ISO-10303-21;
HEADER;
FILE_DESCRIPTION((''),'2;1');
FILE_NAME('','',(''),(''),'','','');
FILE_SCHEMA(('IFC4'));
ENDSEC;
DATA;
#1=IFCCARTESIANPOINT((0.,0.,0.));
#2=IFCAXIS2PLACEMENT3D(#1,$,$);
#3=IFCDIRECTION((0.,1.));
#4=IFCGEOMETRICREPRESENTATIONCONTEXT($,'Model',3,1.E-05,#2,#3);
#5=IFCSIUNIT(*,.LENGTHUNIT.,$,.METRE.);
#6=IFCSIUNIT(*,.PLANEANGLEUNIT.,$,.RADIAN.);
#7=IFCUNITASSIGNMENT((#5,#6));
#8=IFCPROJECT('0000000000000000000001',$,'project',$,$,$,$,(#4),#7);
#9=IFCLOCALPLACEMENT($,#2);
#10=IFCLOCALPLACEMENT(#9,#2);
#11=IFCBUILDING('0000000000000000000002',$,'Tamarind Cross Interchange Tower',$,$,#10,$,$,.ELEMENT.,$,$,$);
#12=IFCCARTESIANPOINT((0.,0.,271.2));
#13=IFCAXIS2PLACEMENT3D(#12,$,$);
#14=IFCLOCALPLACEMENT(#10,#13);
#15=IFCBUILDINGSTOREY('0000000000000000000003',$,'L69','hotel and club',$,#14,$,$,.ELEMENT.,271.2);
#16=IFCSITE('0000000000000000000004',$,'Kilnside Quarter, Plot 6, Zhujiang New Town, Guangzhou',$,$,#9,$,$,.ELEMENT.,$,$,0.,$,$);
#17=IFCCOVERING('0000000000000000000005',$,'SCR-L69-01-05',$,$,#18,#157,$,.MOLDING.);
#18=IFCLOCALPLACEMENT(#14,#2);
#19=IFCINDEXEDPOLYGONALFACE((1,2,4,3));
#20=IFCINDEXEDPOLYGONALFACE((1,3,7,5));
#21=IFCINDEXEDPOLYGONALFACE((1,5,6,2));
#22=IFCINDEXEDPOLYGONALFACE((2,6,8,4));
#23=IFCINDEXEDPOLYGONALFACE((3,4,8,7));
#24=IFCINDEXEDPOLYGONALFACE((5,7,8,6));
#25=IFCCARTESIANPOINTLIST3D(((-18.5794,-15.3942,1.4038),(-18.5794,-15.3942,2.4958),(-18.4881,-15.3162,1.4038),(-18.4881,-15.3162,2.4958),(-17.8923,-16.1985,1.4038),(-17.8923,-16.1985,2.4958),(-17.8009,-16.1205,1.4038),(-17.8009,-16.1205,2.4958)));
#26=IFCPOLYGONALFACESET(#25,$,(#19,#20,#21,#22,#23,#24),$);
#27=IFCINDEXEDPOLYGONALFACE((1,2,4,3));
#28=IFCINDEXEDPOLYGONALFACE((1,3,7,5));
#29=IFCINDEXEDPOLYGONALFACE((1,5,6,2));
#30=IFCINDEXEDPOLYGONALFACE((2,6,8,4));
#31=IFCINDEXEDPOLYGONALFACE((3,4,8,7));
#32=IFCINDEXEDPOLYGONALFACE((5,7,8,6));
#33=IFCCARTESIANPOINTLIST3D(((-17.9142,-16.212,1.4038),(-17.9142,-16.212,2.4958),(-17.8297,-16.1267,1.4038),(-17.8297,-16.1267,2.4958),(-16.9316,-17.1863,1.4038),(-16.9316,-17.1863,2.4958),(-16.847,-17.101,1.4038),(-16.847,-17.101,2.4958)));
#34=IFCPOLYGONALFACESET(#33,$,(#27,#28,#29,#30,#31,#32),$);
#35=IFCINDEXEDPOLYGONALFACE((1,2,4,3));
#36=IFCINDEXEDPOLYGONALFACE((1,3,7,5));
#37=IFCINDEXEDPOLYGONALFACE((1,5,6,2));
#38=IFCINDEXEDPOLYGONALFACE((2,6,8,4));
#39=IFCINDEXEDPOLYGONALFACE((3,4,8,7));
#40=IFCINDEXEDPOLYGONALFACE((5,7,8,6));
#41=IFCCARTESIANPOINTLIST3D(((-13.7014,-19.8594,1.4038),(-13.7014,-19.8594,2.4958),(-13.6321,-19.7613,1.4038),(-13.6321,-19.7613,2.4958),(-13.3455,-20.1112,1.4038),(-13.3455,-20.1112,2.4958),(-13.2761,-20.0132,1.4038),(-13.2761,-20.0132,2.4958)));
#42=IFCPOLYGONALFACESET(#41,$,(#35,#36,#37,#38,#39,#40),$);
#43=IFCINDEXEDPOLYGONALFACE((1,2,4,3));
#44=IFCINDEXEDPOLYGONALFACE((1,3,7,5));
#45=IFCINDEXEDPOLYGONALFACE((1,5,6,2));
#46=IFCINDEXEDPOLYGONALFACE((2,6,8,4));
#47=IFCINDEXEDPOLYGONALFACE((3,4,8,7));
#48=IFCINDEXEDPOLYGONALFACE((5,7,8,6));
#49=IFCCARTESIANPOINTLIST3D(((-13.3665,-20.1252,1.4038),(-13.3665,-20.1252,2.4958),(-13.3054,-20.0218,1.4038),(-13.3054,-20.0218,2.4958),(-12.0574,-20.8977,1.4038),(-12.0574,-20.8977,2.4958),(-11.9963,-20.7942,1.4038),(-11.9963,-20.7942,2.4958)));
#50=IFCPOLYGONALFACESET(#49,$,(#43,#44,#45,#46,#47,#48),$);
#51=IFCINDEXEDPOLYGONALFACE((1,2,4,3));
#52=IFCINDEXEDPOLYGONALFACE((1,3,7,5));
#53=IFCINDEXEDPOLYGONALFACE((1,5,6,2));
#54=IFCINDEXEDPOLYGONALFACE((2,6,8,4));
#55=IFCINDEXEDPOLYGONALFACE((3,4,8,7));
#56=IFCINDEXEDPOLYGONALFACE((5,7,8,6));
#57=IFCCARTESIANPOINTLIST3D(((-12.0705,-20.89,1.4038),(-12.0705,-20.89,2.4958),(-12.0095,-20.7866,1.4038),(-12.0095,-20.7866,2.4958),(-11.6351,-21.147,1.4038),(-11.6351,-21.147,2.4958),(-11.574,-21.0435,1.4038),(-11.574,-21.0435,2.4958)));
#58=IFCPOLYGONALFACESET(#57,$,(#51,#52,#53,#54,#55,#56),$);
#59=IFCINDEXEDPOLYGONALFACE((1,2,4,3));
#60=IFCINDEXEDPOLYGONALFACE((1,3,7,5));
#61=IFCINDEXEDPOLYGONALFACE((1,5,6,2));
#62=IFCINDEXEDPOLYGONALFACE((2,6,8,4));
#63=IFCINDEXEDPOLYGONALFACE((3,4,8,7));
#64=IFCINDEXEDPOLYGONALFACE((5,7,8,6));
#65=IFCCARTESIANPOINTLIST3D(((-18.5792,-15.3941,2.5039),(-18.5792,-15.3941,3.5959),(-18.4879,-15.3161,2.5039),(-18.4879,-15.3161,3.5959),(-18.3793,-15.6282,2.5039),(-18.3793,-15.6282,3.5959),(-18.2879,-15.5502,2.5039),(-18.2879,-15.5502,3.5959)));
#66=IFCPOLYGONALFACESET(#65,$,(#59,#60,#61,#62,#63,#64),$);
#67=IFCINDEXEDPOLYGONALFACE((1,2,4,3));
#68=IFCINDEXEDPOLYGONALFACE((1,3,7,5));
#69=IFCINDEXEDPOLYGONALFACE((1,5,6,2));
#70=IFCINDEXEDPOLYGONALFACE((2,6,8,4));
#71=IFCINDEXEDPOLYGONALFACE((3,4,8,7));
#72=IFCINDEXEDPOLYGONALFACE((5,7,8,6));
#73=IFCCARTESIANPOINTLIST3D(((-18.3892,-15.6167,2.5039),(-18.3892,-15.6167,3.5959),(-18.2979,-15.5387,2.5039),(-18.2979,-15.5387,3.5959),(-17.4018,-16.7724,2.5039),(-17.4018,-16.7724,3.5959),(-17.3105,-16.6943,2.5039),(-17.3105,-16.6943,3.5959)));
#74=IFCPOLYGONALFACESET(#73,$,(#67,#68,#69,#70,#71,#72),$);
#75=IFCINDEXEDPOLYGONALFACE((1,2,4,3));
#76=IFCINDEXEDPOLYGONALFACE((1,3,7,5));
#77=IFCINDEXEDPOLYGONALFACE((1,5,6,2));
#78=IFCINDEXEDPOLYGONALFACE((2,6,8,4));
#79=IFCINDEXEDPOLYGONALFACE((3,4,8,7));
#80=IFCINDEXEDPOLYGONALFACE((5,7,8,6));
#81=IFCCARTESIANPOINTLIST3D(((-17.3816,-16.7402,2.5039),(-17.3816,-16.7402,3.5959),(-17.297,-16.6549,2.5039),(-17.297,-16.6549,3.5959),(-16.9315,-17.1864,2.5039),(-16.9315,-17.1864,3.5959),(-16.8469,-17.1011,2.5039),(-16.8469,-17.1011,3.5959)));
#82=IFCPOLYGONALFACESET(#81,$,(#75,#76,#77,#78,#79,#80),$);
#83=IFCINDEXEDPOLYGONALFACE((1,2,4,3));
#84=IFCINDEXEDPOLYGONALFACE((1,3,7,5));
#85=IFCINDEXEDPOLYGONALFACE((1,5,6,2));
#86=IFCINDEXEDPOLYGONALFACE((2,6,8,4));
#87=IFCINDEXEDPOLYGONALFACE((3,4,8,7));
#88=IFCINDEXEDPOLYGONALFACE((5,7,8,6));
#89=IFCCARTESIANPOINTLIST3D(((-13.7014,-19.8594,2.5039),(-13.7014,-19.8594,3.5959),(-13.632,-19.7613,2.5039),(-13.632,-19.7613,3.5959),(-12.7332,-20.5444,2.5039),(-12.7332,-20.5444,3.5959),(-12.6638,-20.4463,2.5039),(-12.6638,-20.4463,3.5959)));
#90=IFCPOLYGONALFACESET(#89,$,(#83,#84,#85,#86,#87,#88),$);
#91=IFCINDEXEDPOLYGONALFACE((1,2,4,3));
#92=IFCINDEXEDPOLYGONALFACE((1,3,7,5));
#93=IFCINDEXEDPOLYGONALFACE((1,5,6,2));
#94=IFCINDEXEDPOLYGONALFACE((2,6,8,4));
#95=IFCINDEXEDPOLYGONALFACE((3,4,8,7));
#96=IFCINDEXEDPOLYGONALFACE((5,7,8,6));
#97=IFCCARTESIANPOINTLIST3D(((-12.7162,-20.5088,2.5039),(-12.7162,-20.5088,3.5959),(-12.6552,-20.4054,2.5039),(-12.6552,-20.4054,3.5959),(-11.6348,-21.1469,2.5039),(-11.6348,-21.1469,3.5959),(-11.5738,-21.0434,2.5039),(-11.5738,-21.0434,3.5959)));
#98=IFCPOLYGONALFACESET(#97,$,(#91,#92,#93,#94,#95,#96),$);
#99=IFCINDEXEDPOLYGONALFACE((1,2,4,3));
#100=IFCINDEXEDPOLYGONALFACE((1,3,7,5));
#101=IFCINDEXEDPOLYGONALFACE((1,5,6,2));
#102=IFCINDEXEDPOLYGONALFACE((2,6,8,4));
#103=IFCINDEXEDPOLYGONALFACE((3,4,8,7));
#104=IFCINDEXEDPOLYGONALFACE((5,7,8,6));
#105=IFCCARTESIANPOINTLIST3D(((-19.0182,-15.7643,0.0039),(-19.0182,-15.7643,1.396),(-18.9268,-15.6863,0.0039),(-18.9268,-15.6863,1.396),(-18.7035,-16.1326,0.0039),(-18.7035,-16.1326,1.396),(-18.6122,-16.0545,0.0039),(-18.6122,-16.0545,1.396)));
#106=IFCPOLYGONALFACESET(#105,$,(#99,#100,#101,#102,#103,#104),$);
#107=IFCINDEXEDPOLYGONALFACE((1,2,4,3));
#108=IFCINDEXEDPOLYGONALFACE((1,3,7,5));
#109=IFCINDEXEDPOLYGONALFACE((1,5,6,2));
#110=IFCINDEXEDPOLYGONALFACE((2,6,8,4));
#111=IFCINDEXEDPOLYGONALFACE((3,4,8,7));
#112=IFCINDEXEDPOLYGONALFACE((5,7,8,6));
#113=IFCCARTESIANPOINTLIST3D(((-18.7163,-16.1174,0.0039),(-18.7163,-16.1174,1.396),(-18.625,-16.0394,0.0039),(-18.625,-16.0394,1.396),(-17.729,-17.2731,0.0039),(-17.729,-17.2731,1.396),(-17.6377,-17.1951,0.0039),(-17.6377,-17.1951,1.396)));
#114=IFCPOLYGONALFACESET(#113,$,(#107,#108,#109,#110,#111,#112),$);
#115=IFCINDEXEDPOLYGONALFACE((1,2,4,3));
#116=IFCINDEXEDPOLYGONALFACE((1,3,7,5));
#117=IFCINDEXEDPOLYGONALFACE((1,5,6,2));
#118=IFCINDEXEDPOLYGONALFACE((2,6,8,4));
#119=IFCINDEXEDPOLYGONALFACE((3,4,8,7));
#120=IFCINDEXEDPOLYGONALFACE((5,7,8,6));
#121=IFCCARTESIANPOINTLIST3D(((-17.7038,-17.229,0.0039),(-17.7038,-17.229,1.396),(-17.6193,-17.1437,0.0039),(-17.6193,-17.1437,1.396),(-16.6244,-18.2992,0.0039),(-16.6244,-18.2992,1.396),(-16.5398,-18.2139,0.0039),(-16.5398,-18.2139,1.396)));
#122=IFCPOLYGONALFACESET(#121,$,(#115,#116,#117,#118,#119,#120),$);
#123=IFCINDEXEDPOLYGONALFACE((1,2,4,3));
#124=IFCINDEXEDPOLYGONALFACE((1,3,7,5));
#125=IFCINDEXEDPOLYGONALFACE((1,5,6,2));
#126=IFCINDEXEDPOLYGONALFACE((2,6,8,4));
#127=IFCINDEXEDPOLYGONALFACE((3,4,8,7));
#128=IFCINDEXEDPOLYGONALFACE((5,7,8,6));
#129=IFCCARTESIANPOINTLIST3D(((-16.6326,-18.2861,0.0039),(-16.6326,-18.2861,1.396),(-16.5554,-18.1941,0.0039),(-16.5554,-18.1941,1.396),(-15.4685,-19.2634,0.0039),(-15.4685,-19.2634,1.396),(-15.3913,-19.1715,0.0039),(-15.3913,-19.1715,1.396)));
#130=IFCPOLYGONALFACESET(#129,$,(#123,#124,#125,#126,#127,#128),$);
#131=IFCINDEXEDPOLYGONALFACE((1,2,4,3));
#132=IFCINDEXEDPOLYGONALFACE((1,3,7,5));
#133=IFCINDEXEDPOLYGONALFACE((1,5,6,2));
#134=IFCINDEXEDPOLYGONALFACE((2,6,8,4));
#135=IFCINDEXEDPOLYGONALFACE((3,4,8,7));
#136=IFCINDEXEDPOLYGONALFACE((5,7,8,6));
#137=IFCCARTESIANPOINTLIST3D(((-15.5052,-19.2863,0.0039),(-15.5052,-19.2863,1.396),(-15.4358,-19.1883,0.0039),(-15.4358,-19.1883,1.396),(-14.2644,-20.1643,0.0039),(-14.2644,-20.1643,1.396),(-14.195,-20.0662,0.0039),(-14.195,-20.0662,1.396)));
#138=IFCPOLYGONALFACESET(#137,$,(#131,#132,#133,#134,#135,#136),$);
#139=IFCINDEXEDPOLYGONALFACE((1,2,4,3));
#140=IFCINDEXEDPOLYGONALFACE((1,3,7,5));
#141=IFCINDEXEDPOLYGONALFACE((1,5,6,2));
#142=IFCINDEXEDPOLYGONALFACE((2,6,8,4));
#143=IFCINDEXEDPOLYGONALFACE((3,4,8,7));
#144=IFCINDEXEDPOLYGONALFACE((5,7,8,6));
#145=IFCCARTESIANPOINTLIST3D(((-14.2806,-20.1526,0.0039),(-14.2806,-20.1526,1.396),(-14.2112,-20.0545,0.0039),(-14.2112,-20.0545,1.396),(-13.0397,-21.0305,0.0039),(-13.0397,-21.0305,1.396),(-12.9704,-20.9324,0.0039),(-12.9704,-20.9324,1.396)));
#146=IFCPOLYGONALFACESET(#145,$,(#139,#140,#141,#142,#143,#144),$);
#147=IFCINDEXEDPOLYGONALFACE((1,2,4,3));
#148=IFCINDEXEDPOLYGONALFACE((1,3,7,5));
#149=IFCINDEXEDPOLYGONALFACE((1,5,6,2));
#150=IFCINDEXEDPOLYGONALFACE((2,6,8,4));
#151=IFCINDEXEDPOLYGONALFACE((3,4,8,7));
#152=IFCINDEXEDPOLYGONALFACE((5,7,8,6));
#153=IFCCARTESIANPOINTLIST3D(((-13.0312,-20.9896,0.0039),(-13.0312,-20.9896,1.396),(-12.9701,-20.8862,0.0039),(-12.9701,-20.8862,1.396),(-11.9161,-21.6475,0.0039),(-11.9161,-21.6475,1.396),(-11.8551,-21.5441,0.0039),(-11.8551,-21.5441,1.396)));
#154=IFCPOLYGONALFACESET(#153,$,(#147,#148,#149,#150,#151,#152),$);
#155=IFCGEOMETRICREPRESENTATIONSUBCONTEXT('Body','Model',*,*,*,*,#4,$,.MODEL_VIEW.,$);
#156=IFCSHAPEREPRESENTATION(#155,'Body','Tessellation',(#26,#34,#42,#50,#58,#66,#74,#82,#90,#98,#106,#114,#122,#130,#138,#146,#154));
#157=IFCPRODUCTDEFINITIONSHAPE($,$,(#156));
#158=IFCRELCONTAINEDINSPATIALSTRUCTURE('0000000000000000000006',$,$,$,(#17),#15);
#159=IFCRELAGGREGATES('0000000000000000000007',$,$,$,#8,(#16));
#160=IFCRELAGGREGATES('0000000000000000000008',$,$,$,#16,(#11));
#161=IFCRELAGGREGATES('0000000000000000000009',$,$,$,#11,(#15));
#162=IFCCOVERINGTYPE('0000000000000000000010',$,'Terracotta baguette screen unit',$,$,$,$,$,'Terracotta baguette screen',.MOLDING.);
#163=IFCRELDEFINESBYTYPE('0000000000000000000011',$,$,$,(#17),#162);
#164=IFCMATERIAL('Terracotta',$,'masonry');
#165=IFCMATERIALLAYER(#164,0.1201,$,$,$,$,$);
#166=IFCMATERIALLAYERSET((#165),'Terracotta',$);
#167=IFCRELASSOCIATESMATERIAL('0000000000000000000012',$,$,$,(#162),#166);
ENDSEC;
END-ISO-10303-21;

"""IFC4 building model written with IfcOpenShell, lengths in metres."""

from ifc_helpers import new_model, si_unit, direction, frame, origin, origin_2d, place, context, subcontext, project, spatial, rectangle, extrude, material, layer, layer_set, type_object, element, save


model = new_model("IFC4")

# Units and contexts
model_context = context("Model", 3, precision=1e-05, world=origin(), true_north=direction((0.0, 1.0)))
body_context = subcontext(model_context, "Body", "Model", "MODEL_VIEW")
ifc_project = project(units=[si_unit("LENGTHUNIT", "METRE"), si_unit("PLANEANGLEUNIT", "RADIAN")], contexts=[model_context])

# Site, building, storey
site_placement = place(None, origin())
site = spatial("IfcSite", under=ifc_project, at=site_placement, Name="Kilnside Quarter, Plot 6, Zhujiang New Town, Guangzhou", CompositionType="ELEMENT", RefElevation=0.0)
building_placement = place(site_placement, origin())
building = spatial("IfcBuilding", under=site, at=building_placement, Name="Tamarind Cross Interchange Tower", CompositionType="ELEMENT")
storey_placement = place(building_placement, frame((0.0, 0.0, 271.2)))
storey = spatial("IfcBuildingStorey", under=building, at=storey_placement, Name="L69", Description="hotel and club", CompositionType="ELEMENT", Elevation=271.2)

# Covering
ifc_material_1 = material(Name="Terracotta", Category="masonry")
ifc_layer_1 = layer(ifc_material_1, 0.1201)
ifc_layer_set_1 = layer_set([ifc_layer_1], Name="Terracotta")
covering_type = type_object("IfcCoveringType", Name="Terracotta baguette screen unit", ElementType="Terracotta baguette screen", PredefinedType="MOLDING", material=ifc_layer_set_1)
covering_1_placement = place(storey_placement, origin())
element("IfcCovering", 1, at=covering_1_placement, inside=storey, type_object=covering_type, Name="SCR-L69-01-05", PredefinedType="MOLDING", context=body_context, shape_type="SweptSolid", body=[
    extrude(rectangle(XDim=1.0579, YDim=0.1201, at=origin_2d()), frame((-18.1902, -15.7573, 1.4038), z_axis=(0.0, 0.0, 1.0), x_axis=(0.649577, -0.760296, 0.0)), (0.0, 0.0, 1.0), 1.092),
    extrude(rectangle(XDim=1.3838, YDim=0.1201, at=origin_2d()), frame((-17.3806, -16.6565, 1.4038), z_axis=(0.0, 0.0, 1.0), x_axis=(0.710143, -0.704057, 0.0)), (0.0, 0.0, 1.0), 1.092),
    extrude(rectangle(XDim=0.436, YDim=0.1201, at=origin_2d()), frame((-13.4888, -19.9363, 1.4038), z_axis=(0.0, 0.0, 1.0), x_axis=(0.816342, -0.577569, 0.0)), (0.0, 0.0, 1.0), 1.092),
    extrude(rectangle(XDim=1.52, YDim=0.1201, at=origin_2d()), frame((-12.6814, -20.4597, 1.4038), z_axis=(0.0, 0.0, 1.0), x_axis=(0.861249, -0.508183, 0.0)), (0.0, 0.0, 1.0), 1.092),
    extrude(rectangle(XDim=0.5056, YDim=0.1201, at=origin_2d()), frame((-11.8223, -20.9668, 1.4038), z_axis=(0.0, 0.0, 1.0), x_axis=(0.861249, -0.508183, 0.0)), (0.0, 0.0, 1.0), 1.092),
    extrude(rectangle(XDim=0.3079, YDim=0.1201, at=origin_2d()), frame((-18.4336, -15.4722, 2.5039), z_axis=(0.0, 0.0, 1.0), x_axis=(0.649577, -0.760296, 0.0)), (0.0, 0.0, 1.0), 1.092),
    extrude(rectangle(XDim=1.52, YDim=0.1201, at=origin_2d()), frame((-17.8499, -16.1555, 2.5039), z_axis=(0.0, 0.0, 1.0), x_axis=(0.649577, -0.760296, 0.0)), (0.0, 0.0, 1.0), 1.092),
    extrude(rectangle(XDim=0.6338, YDim=0.1201, at=origin_2d()), frame((-17.1143, -16.9207, 2.5039), z_axis=(0.0, 0.0, 1.0), x_axis=(0.710143, -0.704057, 0.0)), (0.0, 0.0, 1.0), 1.092),
    extrude(rectangle(XDim=1.186, YDim=0.1201, at=origin_2d()), frame((-13.1826, -20.1528, 2.5039), z_axis=(0.0, 0.0, 1.0), x_axis=(0.816342, -0.577569, 0.0)), (0.0, 0.0, 1.0), 1.092),
    extrude(rectangle(XDim=1.2556, YDim=0.1201, at=origin_2d()), frame((-12.145, -20.7761, 2.5039), z_axis=(0.0, 0.0, 1.0), x_axis=(0.861249, -0.508183, 0.0)), (0.0, 0.0, 1.0), 1.092),
    extrude(rectangle(XDim=0.4844, YDim=0.1201, at=origin_2d()), frame((-18.8152, -15.9094, 0.0039), z_axis=(0.0, 0.0, 1.0), x_axis=(0.649577, -0.760296, 0.0)), (0.0, 0.0, 1.0), 1.3921),
    extrude(rectangle(XDim=1.52, YDim=0.1201, at=origin_2d()), frame((-18.177, -16.6562, 0.0039), z_axis=(0.0, 0.0, 1.0), x_axis=(0.649577, -0.760296, 0.0)), (0.0, 0.0, 1.0), 1.3921),
    extrude(rectangle(XDim=1.52, YDim=0.1201, at=origin_2d()), frame((-17.1218, -17.7214, 0.0039), z_axis=(0.0, 0.0, 1.0), x_axis=(0.710143, -0.704057, 0.0)), (0.0, 0.0, 1.0), 1.3921),
    extrude(rectangle(XDim=1.52, YDim=0.1201, at=origin_2d()), frame((-16.012, -18.7288, 0.0039), z_axis=(0.0, 0.0, 1.0), x_axis=(0.765858, -0.643009, 0.0)), (0.0, 0.0, 1.0), 1.3921),
    extrude(rectangle(XDim=1.52, YDim=0.1201, at=origin_2d()), frame((-14.8501, -19.6763, 0.0039), z_axis=(0.0, 0.0, 1.0), x_axis=(0.816342, -0.577569, 0.0)), (0.0, 0.0, 1.0), 1.3921),
    extrude(rectangle(XDim=1.52, YDim=0.1201, at=origin_2d()), frame((-13.6255, -20.5425, 0.0039), z_axis=(0.0, 0.0, 1.0), x_axis=(0.816342, -0.577569, 0.0)), (0.0, 0.0, 1.0), 1.3921),
    extrude(rectangle(XDim=1.2947, YDim=0.1201, at=origin_2d()), frame((-12.4431, -21.2668, 0.0039), z_axis=(0.0, 0.0, 1.0), x_axis=(0.861249, -0.508183, 0.0)), (0.0, 0.0, 1.0), 1.3921),
])

save(model, "model.ifc")
